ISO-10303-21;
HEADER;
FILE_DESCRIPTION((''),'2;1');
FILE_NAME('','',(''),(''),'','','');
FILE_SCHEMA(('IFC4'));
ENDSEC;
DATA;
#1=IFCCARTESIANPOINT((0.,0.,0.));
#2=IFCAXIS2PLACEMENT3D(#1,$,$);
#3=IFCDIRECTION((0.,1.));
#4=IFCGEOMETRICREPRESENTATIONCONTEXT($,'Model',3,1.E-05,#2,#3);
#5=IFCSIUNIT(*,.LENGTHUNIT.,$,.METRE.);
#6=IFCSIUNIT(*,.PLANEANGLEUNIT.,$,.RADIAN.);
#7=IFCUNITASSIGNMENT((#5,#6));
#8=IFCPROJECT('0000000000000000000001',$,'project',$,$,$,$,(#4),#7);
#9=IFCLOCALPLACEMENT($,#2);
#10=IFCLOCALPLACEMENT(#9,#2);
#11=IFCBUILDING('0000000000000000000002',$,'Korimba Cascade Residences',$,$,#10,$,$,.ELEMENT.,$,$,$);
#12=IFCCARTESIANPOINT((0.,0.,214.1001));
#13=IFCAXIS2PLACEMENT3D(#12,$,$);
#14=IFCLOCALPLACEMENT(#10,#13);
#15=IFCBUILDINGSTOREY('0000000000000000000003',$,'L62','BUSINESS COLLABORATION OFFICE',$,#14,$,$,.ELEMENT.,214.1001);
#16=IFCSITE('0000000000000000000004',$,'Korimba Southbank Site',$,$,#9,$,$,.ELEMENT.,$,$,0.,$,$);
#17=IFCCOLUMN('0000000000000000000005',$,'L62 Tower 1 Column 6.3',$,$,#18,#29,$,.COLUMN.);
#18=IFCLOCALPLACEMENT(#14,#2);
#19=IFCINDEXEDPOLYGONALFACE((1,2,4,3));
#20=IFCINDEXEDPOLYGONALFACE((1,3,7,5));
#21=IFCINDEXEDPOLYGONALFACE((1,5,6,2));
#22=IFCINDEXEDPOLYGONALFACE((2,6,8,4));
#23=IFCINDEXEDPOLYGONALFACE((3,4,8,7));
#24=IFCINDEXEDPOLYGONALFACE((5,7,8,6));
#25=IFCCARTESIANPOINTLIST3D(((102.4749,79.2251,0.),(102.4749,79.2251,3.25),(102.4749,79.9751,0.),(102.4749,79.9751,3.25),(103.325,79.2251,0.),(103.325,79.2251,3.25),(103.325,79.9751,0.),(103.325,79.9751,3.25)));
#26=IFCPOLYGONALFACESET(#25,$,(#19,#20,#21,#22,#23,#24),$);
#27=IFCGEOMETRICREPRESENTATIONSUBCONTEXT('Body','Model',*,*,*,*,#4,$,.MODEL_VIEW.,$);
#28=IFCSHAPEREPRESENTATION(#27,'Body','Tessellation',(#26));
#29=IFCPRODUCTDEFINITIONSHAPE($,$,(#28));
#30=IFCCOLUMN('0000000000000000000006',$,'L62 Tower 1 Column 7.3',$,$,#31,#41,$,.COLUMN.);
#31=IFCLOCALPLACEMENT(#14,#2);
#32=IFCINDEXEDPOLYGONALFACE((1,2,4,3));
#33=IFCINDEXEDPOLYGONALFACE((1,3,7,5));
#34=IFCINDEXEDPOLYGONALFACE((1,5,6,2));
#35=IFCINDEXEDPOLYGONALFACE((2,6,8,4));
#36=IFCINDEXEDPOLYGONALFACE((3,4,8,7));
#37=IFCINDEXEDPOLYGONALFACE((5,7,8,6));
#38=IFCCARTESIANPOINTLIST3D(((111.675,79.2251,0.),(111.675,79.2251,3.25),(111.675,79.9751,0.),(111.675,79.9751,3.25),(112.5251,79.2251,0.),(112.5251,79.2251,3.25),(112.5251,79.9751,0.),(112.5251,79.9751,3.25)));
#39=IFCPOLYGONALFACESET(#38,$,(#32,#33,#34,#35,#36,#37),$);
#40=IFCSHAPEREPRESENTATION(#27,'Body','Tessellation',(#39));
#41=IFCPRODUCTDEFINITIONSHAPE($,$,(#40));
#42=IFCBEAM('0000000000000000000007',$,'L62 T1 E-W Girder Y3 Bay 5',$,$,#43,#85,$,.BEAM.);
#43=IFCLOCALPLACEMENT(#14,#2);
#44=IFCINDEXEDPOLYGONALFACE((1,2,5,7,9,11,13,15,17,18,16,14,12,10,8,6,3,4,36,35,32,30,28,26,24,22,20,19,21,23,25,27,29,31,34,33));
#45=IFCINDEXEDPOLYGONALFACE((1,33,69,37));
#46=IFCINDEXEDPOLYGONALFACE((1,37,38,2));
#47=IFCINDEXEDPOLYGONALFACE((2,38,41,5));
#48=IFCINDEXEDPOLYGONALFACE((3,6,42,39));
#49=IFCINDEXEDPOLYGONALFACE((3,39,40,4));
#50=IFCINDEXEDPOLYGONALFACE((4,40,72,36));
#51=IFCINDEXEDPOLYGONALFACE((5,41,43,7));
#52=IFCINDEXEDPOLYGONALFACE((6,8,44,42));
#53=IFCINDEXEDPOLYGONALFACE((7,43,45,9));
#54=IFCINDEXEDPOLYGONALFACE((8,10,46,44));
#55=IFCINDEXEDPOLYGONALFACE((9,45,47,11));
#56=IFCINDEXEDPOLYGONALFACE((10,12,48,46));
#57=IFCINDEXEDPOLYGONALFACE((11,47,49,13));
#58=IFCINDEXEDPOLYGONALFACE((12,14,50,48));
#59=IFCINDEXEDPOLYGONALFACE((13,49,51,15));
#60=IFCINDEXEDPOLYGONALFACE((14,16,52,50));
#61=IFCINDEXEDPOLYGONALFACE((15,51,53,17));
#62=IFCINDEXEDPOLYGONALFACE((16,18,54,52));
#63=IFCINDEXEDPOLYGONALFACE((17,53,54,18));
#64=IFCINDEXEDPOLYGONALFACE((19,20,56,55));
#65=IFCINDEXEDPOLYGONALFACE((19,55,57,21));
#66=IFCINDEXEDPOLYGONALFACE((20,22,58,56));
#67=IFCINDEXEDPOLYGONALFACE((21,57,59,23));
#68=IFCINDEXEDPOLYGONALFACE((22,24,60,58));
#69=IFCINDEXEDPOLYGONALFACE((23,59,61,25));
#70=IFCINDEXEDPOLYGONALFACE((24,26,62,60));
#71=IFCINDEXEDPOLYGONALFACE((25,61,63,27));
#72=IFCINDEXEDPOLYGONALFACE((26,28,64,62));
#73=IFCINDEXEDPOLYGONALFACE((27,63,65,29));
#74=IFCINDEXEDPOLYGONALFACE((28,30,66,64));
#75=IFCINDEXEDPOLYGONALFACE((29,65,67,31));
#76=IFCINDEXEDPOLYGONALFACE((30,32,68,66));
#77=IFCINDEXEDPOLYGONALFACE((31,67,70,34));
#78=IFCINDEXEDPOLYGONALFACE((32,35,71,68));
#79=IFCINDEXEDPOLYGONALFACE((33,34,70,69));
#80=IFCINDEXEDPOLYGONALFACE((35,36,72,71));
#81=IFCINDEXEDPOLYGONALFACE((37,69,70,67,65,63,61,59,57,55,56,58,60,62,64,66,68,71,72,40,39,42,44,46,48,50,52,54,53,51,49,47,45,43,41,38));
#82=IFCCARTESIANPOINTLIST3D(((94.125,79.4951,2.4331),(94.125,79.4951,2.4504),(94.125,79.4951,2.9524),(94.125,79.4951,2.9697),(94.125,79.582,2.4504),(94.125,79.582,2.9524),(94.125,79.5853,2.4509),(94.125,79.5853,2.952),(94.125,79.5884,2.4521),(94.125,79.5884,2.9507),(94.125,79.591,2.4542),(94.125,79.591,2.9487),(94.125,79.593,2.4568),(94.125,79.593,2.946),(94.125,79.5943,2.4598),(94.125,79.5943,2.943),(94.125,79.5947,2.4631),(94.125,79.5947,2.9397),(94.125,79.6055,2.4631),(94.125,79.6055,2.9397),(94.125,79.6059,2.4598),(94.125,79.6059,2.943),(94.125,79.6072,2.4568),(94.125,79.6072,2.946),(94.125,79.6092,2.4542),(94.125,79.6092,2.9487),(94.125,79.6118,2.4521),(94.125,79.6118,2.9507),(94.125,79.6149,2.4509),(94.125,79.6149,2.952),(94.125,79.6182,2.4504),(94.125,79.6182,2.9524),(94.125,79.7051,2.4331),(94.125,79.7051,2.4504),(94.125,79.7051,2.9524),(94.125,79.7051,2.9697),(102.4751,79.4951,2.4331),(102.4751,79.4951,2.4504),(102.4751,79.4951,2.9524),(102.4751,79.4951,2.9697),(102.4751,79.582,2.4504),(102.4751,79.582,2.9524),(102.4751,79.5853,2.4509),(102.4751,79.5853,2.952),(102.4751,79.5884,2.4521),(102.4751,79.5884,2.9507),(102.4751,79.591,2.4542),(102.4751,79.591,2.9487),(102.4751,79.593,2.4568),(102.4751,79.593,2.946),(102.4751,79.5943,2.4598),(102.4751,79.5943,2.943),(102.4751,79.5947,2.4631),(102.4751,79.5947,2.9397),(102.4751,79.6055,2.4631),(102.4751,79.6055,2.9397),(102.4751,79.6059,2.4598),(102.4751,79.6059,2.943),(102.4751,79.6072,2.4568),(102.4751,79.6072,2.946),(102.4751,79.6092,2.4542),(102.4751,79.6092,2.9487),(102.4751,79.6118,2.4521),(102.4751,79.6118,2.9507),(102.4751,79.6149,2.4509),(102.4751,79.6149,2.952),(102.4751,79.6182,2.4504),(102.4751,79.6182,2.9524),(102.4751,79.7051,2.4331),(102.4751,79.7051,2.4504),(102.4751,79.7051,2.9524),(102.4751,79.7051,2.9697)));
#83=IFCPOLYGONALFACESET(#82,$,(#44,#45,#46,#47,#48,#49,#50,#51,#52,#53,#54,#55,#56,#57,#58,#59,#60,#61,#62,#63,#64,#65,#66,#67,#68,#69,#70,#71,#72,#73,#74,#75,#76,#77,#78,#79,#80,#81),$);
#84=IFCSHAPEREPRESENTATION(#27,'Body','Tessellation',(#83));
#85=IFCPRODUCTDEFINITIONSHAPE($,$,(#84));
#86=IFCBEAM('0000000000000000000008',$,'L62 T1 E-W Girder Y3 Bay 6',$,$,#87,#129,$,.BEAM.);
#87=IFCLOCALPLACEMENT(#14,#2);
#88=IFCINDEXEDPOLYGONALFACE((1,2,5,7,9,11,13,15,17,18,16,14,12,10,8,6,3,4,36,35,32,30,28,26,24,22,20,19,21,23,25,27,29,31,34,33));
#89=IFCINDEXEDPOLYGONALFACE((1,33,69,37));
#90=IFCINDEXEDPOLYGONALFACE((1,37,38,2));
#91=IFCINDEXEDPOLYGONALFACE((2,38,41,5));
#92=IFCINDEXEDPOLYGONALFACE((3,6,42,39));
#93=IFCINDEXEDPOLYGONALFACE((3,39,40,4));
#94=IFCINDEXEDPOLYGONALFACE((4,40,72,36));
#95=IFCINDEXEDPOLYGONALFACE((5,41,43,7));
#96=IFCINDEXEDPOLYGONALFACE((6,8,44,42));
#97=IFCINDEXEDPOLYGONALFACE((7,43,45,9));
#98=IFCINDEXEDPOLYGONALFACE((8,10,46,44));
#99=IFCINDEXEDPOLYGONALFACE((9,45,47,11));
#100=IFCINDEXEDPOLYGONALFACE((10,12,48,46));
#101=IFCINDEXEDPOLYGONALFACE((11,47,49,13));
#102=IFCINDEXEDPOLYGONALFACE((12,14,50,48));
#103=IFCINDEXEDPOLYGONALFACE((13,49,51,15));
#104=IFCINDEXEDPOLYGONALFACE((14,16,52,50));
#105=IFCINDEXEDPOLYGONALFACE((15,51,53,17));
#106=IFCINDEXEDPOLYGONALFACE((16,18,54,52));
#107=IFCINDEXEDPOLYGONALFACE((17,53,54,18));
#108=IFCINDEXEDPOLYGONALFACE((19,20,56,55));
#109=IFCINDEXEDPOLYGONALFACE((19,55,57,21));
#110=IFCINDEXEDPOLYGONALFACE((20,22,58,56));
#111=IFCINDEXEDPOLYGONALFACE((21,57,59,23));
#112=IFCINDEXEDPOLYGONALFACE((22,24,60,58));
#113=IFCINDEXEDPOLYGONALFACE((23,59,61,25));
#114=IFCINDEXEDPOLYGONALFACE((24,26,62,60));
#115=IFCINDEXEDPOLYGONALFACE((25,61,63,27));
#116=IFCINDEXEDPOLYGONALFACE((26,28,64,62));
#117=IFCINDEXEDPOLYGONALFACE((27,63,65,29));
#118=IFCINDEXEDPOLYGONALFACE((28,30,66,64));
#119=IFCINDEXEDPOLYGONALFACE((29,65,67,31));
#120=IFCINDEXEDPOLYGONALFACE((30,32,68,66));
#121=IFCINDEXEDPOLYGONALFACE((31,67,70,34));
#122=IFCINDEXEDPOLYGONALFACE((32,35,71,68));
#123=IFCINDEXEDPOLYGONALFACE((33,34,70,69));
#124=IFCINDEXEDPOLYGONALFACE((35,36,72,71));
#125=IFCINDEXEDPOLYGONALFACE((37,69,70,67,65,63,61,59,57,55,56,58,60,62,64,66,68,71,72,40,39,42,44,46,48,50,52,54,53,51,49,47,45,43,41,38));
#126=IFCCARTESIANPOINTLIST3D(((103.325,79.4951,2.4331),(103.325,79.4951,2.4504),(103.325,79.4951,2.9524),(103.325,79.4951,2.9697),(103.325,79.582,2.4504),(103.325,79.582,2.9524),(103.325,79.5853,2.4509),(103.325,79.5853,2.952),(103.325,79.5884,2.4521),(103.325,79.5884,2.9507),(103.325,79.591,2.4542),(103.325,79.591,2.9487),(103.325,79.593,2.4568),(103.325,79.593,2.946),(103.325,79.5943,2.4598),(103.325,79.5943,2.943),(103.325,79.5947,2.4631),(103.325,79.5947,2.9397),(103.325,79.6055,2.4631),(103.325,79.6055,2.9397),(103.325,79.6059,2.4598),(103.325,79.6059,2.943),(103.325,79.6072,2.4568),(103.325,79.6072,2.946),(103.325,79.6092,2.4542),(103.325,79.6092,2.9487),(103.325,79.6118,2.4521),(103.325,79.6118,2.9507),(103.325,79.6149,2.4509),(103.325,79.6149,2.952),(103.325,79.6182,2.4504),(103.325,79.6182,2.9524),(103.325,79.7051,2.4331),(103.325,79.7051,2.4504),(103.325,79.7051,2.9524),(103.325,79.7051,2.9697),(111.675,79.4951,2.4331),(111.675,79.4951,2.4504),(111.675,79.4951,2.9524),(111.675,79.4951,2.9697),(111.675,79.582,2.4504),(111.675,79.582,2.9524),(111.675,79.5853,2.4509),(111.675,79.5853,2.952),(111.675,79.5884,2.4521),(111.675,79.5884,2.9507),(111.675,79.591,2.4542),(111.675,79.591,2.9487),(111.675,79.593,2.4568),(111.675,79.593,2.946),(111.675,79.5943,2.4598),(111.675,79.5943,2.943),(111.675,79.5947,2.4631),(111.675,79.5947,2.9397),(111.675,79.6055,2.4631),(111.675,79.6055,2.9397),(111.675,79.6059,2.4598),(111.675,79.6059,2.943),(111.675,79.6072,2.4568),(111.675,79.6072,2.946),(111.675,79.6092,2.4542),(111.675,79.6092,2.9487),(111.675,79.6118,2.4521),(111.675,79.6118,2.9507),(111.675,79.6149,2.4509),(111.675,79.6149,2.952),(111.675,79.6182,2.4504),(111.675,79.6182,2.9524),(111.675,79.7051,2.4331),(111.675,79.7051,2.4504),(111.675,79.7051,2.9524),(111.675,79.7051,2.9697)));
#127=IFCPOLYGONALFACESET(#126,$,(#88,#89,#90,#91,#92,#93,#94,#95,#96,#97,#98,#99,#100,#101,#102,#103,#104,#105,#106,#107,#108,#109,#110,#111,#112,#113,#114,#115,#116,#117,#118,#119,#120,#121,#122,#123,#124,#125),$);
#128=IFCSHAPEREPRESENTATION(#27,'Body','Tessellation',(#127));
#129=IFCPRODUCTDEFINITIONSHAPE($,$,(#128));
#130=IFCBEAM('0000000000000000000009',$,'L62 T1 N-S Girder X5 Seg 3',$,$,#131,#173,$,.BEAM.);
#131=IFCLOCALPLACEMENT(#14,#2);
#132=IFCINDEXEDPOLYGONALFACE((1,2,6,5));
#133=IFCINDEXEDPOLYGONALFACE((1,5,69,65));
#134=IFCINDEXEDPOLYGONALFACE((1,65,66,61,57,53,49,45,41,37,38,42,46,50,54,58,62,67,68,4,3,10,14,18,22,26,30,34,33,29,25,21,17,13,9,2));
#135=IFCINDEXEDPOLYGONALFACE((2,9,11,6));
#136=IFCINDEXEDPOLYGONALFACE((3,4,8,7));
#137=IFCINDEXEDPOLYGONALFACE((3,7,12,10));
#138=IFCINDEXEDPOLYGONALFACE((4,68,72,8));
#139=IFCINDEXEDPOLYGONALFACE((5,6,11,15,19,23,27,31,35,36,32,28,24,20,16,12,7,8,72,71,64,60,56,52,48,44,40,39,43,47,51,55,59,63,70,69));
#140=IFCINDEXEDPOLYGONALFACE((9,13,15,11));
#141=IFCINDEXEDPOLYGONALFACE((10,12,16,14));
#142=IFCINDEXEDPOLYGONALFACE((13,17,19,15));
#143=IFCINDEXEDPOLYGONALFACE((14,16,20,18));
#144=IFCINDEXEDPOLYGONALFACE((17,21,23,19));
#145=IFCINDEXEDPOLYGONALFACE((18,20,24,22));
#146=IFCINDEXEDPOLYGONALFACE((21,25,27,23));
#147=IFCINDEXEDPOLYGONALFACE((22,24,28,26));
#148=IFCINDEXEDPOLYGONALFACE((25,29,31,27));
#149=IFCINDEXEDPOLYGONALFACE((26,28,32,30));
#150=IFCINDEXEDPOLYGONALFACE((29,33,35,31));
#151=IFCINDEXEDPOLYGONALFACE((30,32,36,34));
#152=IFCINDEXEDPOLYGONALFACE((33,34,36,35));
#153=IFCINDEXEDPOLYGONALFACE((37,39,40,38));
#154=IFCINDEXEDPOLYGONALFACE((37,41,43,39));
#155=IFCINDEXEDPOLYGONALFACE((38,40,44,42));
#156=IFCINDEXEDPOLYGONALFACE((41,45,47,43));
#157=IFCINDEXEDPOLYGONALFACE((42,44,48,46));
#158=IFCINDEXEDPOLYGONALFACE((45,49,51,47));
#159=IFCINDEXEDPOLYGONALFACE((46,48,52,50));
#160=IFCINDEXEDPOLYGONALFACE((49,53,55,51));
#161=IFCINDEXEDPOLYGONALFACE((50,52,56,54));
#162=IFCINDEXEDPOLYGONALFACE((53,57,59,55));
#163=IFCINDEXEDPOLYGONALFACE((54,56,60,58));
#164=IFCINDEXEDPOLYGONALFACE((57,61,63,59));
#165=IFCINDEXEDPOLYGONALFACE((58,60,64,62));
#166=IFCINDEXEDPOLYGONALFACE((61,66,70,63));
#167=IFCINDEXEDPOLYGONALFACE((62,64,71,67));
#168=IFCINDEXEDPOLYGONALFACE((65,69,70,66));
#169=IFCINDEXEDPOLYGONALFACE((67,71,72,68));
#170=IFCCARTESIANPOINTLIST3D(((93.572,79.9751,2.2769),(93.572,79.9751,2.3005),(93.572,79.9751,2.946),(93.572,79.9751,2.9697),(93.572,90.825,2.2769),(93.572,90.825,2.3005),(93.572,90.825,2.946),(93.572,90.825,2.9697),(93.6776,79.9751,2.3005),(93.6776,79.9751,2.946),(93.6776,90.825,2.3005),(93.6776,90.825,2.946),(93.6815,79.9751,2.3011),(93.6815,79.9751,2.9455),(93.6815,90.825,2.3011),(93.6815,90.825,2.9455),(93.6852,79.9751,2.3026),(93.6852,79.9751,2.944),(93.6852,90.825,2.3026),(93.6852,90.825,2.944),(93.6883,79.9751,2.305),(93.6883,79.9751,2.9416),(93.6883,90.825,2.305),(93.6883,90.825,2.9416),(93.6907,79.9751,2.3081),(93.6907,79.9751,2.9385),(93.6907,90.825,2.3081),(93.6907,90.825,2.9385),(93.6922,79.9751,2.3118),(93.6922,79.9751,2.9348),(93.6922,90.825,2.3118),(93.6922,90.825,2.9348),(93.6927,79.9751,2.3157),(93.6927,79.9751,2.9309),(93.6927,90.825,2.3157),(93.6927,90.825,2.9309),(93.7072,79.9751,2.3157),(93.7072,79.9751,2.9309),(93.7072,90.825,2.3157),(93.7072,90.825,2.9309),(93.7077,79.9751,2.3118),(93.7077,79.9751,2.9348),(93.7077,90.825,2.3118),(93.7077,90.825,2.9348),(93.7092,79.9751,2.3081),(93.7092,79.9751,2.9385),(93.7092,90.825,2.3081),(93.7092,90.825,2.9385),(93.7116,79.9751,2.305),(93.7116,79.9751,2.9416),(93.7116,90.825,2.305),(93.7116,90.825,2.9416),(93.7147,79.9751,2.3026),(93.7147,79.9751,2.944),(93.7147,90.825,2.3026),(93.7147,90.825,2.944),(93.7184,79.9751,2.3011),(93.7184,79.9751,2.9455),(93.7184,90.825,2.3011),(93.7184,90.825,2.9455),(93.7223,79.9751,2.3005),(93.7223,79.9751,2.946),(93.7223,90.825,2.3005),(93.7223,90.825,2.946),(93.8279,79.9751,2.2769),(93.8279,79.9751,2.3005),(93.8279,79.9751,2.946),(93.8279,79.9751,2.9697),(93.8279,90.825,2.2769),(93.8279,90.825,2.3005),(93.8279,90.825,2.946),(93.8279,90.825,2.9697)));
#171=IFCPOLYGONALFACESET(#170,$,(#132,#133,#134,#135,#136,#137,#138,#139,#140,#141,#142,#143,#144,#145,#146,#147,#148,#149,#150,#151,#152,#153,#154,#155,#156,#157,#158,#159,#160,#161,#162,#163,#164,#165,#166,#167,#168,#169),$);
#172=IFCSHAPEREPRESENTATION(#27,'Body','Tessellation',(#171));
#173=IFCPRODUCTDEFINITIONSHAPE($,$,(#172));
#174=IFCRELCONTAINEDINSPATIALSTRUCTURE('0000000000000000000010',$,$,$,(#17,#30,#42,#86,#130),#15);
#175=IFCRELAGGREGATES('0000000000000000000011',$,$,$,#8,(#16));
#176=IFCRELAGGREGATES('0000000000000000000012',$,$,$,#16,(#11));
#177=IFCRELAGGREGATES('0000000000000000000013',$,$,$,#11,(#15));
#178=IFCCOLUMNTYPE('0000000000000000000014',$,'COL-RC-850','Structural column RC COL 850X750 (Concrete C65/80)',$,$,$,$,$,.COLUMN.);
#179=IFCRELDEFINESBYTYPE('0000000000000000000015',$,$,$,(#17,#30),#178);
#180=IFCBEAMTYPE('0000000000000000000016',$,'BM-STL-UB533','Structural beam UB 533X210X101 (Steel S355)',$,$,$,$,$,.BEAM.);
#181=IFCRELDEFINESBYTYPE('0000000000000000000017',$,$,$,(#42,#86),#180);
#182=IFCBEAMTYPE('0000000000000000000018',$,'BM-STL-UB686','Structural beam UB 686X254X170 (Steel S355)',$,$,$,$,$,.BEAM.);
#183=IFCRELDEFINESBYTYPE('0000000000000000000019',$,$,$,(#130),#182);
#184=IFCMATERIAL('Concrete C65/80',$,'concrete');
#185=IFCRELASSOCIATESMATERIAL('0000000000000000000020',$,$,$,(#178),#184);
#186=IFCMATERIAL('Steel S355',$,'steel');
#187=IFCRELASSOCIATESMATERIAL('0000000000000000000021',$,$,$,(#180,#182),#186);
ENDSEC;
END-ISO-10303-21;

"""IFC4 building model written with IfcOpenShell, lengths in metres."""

from ifc_helpers import new_model, si_unit, direction, frame, origin, origin_2d, place, context, subcontext, project, spatial, rectangle, i_section, extrude, material, material_profile, profile_set, type_object, element, save


model = new_model("IFC4")

# Units and contexts
model_context = context("Model", 3, precision=1e-05, world=origin(), true_north=direction((0.0, 1.0)))
body_context = subcontext(model_context, "Body", "Model", "MODEL_VIEW")
ifc_project = project(units=[si_unit("LENGTHUNIT", "METRE"), si_unit("PLANEANGLEUNIT", "RADIAN")], contexts=[model_context])

# Site, building, storey
site_placement = place(None, origin())
site = spatial("IfcSite", under=ifc_project, at=site_placement, Name="Korimba Southbank Site", CompositionType="ELEMENT", RefElevation=0.0)
building_placement = place(site_placement, origin())
building = spatial("IfcBuilding", under=site, at=building_placement, Name="Korimba Cascade Residences", CompositionType="ELEMENT")
storey_placement = place(building_placement, frame((0.0, 0.0, 214.1001)))
storey = spatial("IfcBuildingStorey", under=building, at=storey_placement, Name="L62", Description="BUSINESS COLLABORATION OFFICE", CompositionType="ELEMENT", Elevation=214.1001)

# Columns
ifc_material_1 = material(Name="Concrete C65/80", Category="concrete")
ifc_material_profile_1 = material_profile(ifc_material_1, rectangle(XDim=0.8501, YDim=0.75, at=origin_2d()), Name="Concrete C65/80")
ifc_profile_set_1 = profile_set([ifc_material_profile_1], Name="Concrete C65/80")
column_type = type_object("IfcColumnType", Name="COL-RC-850", Description="Structural column RC COL 850X750 (Concrete C65/80)", PredefinedType="COLUMN", material=ifc_profile_set_1)
for number, where, z_axis, x_axis, name in (
    (1, (102.8999, 79.6001, 0.0), (0.0, 0.0, 1.0), (1.0, 0.0, 0.0), "L62 Tower 1 Column 6.3"),
    (2, (112.1001, 79.6001, 0.0), (0.0, 0.0, 1.0), (1.0, 0.0, 0.0), "L62 Tower 1 Column 7.3"),
):
    element("IfcColumn", number, at=place(storey_placement, frame(where, z_axis=z_axis, x_axis=x_axis)), inside=storey, type_object=column_type, Name=name, PredefinedType="COLUMN", context=body_context, shape_type="SweptSolid", body=[
        extrude(rectangle(XDim=0.8501, YDim=0.75, at=origin_2d()), origin(), (0.0, 0.0, 1.0), 3.25),
    ])

# Beams
ifc_material_2 = material(Name="Steel S355", Category="steel")
ifc_material_profile_2 = material_profile(ifc_material_2, i_section(OverallWidth=0.21, OverallDepth=0.5366, WebThickness=0.0107, FlangeThickness=0.0173, FilletRadius=0.0127, at=origin_2d()), Name="Steel S355")
ifc_profile_set_2 = profile_set([ifc_material_profile_2], Name="Steel S355")
beam_type_1 = type_object("IfcBeamType", Name="BM-STL-UB533", Description="Structural beam UB 533X210X101 (Steel S355)", PredefinedType="BEAM", material=ifc_profile_set_2)
for number, where, z_axis, x_axis, name in (
    (3, (94.125, 79.6001, 2.7014), (1.0, 0.0, 0.0), (0.0, 1.0, 0.0), "L62 T1 E-W Girder Y3 Bay 5"),
    (4, (103.325, 79.6001, 2.7014), (1.0, 0.0, 0.0), (0.0, 1.0, 0.0), "L62 T1 E-W Girder Y3 Bay 6"),
):
    element("IfcBeam", number, at=place(storey_placement, frame(where, z_axis=z_axis, x_axis=x_axis)), inside=storey, type_object=beam_type_1, Name=name, PredefinedType="BEAM", context=body_context, shape_type="SweptSolid", body=[
        extrude(i_section(OverallWidth=0.21, OverallDepth=0.5366, WebThickness=0.0107, FlangeThickness=0.0173, FilletRadius=0.0127, at=origin_2d()), origin(), (0.0, 0.0, 1.0), 8.3501),
    ])
ifc_material_profile_3 = material_profile(ifc_material_2, i_section(OverallWidth=0.2559, OverallDepth=0.6929, WebThickness=0.0144, FlangeThickness=0.0237, FilletRadius=0.0151, at=origin_2d()), Name="Steel S355")
ifc_profile_set_3 = profile_set([ifc_material_profile_3], Name="Steel S355")
beam_type_2 = type_object("IfcBeamType", Name="BM-STL-UB686", Description="Structural beam UB 686X254X170 (Steel S355)", PredefinedType="BEAM", material=ifc_profile_set_3)
for number, where, z_axis, x_axis, name in (
    (5, (93.7, 79.9751, 2.6233), (0.0, 1.0, 0.0), (-1.0, 0.0, 0.0), "L62 T1 N-S Girder X5 Seg 3"),
):
    element("IfcBeam", number, at=place(storey_placement, frame(where, z_axis=z_axis, x_axis=x_axis)), inside=storey, type_object=beam_type_2, Name=name, PredefinedType="BEAM", context=body_context, shape_type="SweptSolid", body=[
        extrude(i_section(OverallWidth=0.2559, OverallDepth=0.6929, WebThickness=0.0144, FlangeThickness=0.0237, FilletRadius=0.0151, at=origin_2d()), origin(), (0.0, 0.0, 1.0), 10.8499),
    ])

save(model, "model.ifc")
